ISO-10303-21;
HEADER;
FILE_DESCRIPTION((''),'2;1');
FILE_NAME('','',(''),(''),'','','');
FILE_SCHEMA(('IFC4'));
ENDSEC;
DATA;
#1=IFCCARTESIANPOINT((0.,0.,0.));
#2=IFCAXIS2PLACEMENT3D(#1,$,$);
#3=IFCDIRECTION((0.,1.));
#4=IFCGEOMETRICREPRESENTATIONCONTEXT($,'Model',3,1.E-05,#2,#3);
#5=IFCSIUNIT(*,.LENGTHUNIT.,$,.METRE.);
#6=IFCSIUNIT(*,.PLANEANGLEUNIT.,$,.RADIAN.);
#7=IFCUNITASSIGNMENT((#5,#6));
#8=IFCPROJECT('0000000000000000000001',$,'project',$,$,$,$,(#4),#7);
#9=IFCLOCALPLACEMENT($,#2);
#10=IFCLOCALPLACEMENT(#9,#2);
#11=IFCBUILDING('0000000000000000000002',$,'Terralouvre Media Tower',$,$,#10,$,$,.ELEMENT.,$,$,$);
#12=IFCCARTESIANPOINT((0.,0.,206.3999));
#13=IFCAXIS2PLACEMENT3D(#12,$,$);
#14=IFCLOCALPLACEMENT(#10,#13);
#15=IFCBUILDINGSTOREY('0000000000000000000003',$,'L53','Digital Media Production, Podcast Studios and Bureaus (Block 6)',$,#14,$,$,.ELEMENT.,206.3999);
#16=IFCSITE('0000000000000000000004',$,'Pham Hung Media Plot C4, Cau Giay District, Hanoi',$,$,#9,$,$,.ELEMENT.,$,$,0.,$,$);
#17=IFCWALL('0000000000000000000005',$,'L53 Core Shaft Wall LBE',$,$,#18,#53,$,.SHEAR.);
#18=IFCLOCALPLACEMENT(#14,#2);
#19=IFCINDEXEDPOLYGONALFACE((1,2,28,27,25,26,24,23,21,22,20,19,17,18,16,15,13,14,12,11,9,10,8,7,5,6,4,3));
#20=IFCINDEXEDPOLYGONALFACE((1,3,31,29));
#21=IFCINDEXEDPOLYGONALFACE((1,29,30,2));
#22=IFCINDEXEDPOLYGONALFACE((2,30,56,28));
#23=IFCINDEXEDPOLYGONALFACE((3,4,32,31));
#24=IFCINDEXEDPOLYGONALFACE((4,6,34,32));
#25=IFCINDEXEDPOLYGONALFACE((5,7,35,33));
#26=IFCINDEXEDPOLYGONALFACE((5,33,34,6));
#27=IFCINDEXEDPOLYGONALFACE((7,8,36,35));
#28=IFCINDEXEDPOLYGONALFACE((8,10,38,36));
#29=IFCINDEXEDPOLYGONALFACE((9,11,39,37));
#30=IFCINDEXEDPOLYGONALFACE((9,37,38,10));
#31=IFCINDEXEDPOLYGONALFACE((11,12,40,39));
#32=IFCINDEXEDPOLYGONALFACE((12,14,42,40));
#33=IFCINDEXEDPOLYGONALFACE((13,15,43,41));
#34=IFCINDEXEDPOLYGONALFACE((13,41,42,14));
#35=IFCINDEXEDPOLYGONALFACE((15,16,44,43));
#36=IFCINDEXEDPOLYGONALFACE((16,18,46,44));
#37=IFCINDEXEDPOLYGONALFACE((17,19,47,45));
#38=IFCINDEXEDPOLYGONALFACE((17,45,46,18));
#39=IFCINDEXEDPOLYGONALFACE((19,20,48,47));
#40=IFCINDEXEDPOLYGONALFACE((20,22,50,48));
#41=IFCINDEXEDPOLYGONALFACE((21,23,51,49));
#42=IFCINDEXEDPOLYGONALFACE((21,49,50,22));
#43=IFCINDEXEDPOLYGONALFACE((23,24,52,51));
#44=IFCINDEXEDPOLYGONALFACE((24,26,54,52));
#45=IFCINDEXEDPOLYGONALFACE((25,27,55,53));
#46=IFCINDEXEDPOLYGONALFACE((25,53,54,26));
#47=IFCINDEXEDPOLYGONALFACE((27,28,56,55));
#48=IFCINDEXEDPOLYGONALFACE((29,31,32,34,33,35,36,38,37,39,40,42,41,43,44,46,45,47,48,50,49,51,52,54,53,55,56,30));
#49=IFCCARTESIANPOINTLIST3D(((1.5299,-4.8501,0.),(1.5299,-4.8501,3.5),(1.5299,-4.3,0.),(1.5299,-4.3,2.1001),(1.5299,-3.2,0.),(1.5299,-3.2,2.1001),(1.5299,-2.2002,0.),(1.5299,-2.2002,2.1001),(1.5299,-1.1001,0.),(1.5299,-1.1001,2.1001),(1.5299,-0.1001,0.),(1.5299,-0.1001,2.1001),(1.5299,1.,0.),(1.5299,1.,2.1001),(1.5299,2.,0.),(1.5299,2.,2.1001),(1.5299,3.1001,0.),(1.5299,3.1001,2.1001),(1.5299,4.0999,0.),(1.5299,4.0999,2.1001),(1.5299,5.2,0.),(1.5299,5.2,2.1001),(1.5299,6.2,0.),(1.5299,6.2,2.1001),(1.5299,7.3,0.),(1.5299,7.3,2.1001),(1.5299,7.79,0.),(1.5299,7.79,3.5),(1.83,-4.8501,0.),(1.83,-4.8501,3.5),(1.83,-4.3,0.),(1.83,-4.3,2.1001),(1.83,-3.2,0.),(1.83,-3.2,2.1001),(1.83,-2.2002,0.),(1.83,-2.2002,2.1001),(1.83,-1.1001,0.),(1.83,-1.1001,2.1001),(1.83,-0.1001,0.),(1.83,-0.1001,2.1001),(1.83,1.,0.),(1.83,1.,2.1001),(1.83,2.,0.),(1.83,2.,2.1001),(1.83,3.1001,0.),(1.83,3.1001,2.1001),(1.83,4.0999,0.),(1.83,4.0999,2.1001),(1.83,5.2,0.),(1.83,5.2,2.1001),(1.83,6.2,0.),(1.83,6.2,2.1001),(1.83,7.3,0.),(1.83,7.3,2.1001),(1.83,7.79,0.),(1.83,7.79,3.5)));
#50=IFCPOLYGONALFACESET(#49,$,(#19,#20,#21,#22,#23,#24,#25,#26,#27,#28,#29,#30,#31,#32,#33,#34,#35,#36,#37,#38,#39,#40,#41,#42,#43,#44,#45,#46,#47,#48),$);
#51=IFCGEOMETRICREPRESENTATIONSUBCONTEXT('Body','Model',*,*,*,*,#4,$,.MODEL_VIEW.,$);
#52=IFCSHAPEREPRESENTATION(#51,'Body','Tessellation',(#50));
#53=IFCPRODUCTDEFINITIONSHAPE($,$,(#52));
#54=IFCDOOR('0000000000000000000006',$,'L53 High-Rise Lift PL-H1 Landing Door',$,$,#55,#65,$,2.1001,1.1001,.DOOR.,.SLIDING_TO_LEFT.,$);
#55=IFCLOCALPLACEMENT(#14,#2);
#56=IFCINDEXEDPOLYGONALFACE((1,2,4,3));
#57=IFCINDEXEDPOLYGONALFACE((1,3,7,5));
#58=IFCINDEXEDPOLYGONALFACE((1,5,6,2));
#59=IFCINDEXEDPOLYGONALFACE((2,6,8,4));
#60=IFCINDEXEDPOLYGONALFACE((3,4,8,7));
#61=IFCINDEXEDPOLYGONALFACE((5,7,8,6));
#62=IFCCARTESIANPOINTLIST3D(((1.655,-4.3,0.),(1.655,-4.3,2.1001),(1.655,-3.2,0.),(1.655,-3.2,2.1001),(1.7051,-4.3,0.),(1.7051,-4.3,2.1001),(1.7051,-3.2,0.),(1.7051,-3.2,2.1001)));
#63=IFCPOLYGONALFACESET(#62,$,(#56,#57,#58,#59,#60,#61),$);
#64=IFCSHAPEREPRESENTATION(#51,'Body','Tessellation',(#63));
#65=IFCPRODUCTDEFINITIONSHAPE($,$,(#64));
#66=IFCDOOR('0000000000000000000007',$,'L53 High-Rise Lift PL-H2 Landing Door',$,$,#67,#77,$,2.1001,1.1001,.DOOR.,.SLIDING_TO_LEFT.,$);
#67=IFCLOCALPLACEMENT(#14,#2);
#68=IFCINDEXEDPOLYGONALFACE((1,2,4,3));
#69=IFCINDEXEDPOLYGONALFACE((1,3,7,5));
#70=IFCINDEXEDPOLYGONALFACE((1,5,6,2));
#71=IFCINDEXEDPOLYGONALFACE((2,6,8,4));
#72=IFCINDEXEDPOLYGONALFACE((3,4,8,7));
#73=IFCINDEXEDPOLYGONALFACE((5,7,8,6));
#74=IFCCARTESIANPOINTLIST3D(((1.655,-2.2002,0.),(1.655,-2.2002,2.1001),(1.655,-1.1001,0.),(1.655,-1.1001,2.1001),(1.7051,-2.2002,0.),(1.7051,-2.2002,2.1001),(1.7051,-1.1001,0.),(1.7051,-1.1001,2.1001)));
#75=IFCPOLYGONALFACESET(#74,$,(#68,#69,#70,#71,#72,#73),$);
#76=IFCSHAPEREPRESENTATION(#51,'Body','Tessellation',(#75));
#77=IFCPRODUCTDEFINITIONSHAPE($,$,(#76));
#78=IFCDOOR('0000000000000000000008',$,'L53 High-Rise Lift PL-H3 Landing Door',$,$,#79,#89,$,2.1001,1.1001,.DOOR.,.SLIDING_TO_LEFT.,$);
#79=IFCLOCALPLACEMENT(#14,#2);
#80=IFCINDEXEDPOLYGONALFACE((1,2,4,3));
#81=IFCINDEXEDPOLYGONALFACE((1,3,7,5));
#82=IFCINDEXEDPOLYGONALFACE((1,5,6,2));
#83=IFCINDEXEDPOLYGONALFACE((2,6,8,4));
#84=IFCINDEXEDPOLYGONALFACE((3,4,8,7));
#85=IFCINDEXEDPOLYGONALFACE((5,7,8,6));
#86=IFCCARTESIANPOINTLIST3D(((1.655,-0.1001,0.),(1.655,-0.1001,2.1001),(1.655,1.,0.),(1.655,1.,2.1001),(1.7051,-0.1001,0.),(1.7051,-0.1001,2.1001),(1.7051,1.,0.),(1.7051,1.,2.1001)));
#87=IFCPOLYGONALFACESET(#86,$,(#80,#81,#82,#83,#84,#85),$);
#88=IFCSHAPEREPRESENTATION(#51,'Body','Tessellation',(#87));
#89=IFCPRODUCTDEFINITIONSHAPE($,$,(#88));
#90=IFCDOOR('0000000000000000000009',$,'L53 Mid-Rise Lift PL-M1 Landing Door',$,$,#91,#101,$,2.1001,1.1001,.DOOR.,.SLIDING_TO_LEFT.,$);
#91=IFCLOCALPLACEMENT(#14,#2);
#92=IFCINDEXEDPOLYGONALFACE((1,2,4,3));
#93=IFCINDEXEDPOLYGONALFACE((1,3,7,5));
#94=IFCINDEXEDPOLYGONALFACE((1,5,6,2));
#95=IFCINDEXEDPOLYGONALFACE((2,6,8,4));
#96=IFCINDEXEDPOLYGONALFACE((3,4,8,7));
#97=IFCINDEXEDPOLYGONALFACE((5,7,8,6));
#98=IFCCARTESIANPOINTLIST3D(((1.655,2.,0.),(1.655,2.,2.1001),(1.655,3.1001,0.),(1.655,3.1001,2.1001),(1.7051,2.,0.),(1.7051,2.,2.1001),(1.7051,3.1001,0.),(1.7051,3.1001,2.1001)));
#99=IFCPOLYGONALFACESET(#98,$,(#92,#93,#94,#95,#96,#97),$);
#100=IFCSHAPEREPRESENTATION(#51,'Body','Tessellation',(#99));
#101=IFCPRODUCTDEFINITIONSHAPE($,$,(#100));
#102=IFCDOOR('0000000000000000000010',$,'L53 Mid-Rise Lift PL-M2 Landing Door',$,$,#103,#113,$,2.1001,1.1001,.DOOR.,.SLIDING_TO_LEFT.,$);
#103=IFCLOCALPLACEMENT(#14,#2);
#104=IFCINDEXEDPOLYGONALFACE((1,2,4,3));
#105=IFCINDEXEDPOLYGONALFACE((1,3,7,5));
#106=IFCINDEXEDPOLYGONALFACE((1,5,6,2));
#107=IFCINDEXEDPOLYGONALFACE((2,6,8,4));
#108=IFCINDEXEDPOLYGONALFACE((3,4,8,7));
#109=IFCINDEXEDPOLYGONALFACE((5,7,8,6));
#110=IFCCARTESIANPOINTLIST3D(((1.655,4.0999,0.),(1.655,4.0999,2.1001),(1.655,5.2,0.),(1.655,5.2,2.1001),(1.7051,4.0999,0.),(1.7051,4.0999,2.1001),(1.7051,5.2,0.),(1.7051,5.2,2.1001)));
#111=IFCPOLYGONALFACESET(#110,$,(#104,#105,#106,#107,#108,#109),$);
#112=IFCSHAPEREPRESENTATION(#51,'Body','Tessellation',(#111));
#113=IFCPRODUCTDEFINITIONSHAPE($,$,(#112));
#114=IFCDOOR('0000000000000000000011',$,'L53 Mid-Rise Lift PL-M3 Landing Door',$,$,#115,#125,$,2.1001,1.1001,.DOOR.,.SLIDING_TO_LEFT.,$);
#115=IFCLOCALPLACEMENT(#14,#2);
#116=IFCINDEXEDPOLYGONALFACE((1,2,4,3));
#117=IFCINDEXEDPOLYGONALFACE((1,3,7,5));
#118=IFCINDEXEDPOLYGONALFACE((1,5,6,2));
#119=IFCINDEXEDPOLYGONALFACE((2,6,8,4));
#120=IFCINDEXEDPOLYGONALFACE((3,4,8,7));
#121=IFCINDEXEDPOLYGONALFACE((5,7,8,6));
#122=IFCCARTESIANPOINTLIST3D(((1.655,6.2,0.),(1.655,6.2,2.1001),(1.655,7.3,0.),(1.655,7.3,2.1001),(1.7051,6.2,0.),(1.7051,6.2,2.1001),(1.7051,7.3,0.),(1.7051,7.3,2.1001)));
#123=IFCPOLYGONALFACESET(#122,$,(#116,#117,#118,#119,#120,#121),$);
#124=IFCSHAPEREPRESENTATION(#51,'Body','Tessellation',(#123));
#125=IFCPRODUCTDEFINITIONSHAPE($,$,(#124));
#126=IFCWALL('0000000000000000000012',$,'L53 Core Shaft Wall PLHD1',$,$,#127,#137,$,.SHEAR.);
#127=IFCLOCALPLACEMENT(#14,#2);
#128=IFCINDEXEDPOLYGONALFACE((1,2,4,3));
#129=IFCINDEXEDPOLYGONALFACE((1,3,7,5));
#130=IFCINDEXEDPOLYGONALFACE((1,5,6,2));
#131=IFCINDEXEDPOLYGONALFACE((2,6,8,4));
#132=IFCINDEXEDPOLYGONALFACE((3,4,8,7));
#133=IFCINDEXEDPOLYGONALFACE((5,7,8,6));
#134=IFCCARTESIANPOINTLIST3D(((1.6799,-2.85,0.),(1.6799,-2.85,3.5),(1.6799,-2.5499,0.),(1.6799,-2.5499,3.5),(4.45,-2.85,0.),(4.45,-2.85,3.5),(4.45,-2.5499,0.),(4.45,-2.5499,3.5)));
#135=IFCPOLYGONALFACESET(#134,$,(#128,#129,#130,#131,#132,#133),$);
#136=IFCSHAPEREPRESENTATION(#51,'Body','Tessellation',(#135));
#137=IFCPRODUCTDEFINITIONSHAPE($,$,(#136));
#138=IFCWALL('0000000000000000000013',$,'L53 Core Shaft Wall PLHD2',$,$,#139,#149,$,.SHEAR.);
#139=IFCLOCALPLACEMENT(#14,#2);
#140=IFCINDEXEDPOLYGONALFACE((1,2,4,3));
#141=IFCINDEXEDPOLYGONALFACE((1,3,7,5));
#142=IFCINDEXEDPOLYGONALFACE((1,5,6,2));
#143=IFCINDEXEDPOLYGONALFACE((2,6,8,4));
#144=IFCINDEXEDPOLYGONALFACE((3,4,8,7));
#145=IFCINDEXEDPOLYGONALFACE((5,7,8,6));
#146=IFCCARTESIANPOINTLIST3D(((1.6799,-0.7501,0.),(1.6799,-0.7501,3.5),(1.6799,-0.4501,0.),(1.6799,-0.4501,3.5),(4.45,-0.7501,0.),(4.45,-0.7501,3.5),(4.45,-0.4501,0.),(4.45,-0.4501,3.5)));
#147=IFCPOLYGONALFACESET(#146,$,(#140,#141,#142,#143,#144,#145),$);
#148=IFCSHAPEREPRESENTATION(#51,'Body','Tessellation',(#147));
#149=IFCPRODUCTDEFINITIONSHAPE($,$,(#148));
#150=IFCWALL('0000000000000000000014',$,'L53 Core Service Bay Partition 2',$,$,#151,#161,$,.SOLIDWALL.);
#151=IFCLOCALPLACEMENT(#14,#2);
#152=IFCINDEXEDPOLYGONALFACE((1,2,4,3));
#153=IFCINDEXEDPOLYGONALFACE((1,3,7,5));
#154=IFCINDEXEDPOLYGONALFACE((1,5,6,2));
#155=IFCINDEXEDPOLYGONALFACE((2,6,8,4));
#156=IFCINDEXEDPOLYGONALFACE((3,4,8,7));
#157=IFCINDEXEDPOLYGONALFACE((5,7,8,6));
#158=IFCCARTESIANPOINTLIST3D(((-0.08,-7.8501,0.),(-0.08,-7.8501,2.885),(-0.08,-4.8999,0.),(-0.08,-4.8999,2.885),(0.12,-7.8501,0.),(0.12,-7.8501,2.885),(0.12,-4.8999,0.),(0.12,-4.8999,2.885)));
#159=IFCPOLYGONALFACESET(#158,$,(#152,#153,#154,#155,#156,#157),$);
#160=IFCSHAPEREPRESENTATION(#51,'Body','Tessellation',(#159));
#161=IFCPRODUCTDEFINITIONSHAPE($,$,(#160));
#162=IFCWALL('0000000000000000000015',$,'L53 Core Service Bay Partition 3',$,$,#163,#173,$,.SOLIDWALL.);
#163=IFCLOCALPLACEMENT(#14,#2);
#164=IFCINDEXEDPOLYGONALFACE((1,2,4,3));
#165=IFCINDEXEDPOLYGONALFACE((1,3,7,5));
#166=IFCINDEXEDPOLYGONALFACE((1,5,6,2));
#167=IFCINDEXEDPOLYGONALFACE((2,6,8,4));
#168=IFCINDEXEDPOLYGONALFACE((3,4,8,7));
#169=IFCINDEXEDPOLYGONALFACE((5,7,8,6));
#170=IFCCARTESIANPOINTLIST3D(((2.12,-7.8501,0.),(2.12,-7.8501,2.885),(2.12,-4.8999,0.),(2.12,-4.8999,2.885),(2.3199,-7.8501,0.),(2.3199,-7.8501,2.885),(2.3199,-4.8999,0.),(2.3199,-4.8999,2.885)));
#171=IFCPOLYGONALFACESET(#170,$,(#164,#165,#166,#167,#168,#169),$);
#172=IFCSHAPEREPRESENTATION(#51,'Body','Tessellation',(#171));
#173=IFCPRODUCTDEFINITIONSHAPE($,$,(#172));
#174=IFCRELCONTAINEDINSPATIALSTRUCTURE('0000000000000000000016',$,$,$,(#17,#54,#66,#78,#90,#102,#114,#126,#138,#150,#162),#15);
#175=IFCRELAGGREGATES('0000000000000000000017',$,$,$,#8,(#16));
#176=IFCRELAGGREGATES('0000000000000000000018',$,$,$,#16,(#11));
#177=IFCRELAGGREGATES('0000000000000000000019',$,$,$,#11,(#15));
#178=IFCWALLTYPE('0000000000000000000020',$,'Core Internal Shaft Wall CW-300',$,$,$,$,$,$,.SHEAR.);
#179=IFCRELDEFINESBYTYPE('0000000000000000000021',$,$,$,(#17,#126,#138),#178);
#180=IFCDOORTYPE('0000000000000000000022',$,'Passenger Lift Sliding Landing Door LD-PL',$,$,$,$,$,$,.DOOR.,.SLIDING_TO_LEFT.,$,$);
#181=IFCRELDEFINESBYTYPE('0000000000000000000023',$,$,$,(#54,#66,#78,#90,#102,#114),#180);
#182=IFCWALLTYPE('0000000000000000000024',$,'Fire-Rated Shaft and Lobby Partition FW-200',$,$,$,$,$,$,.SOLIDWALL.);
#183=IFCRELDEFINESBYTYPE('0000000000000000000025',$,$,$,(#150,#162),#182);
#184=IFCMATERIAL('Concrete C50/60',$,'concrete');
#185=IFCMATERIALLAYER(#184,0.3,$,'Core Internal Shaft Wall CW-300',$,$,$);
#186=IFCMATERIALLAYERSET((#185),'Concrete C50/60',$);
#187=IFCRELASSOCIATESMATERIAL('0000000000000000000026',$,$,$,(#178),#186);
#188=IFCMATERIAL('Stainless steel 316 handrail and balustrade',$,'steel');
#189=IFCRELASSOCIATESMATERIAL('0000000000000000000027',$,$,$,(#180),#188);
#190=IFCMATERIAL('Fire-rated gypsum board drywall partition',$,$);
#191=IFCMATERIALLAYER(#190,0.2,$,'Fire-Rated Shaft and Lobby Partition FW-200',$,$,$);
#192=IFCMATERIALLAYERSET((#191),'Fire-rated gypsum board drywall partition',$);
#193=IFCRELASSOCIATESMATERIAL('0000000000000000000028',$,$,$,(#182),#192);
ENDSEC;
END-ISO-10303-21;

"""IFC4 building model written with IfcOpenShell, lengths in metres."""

from ifc_helpers import new_model, si_unit, direction, frame, frame_2d, origin, place, context, subcontext, project, spatial, rectangle, extrude, material, layer, layer_set, type_object, element, fill, save


model = new_model("IFC4")

# Units and contexts
model_context = context("Model", 3, precision=1e-05, world=origin(), true_north=direction((0.0, 1.0)))
body_context = subcontext(model_context, "Body", "Model", "MODEL_VIEW")
ifc_project = project(units=[si_unit("LENGTHUNIT", "METRE"), si_unit("PLANEANGLEUNIT", "RADIAN")], contexts=[model_context])

# Site, building, storey
site_placement = place(None, origin())
site = spatial("IfcSite", under=ifc_project, at=site_placement, Name="Pham Hung Media Plot C4, Cau Giay District, Hanoi", CompositionType="ELEMENT", RefElevation=0.0)
building_placement = place(site_placement, origin())
building = spatial("IfcBuilding", under=site, at=building_placement, Name="Terralouvre Media Tower", CompositionType="ELEMENT")
storey_placement = place(building_placement, frame((0.0, 0.0, 206.3999)))
storey = spatial("IfcBuildingStorey", under=building, at=storey_placement, Name="L53", Description="Digital Media Production, Podcast Studios and Bureaus (Block 6)", CompositionType="ELEMENT", Elevation=206.3999)

# Shared definitions
ifc_material_1 = material(Name="Concrete C50/60", Category="concrete")
ifc_layer_1 = layer(ifc_material_1, 0.3, Name="Core Internal Shaft Wall CW-300")
ifc_layer_set_1 = layer_set([ifc_layer_1], Name="Concrete C50/60")
wall_type_1 = type_object("IfcWallType", Name="Core Internal Shaft Wall CW-300", PredefinedType="SHEAR", material=ifc_layer_set_1)

# Wall, openings, doors
wall_1_placement = place(storey_placement, frame((1.6799, -4.8501, 0.0), z_axis=(0.0, 0.0, 1.0), x_axis=(0.0, 1.0, 0.0)))
wall_1 = element("IfcWall", 1, at=wall_1_placement, inside=storey, type_object=wall_type_1, Name="L53 Core Shaft Wall LBE", PredefinedType="SHEAR", context=body_context, shape_type="SweptSolid", body=[
    extrude(rectangle(XDim=12.6401, YDim=0.3, at=frame_2d((6.3201, 0.0))), origin(), (0.0, 0.0, 1.0), 3.5),
])
opening_1_placement = place(wall_1_placement, frame((0.55, 0.0, 0.0)))
opening_1 = element("IfcOpeningElement", 2, at=opening_1_placement, cuts=wall_1, PredefinedType="OPENING", context=body_context, shape_type="SweptSolid", body=[
    extrude(rectangle(XDim=1.1001, YDim=2.1001, at=frame_2d((0.55, 1.05))), frame((0.0, 0.1599, 0.0), z_axis=(0.0, -1.0, 0.0), x_axis=(1.0, 0.0, 0.0)), (0.0, 0.0, 1.0), 0.3201),
])
opening_2_placement = place(wall_1_placement, frame((2.6499, 0.0, 0.0)))
opening_2 = element("IfcOpeningElement", 3, at=opening_2_placement, cuts=wall_1, PredefinedType="OPENING", context=body_context, shape_type="SweptSolid", body=[
    extrude(rectangle(XDim=1.1001, YDim=2.1001, at=frame_2d((0.55, 1.05))), frame((0.0, 0.1599, 0.0), z_axis=(0.0, -1.0, 0.0), x_axis=(1.0, 0.0, 0.0)), (0.0, 0.0, 1.0), 0.3201),
])
opening_3_placement = place(wall_1_placement, frame((4.75, 0.0, 0.0)))
opening_3 = element("IfcOpeningElement", 4, at=opening_3_placement, cuts=wall_1, PredefinedType="OPENING", context=body_context, shape_type="SweptSolid", body=[
    extrude(rectangle(XDim=1.1001, YDim=2.1001, at=frame_2d((0.55, 1.05))), frame((0.0, 0.1599, 0.0), z_axis=(0.0, -1.0, 0.0), x_axis=(1.0, 0.0, 0.0)), (0.0, 0.0, 1.0), 0.3201),
])
opening_4_placement = place(wall_1_placement, frame((6.8501, 0.0, 0.0)))
opening_4 = element("IfcOpeningElement", 5, at=opening_4_placement, cuts=wall_1, PredefinedType="OPENING", context=body_context, shape_type="SweptSolid", body=[
    extrude(rectangle(XDim=1.1001, YDim=2.1001, at=frame_2d((0.55, 1.05))), frame((0.0, 0.1599, 0.0), z_axis=(0.0, -1.0, 0.0), x_axis=(1.0, 0.0, 0.0)), (0.0, 0.0, 1.0), 0.3201),
])
opening_5_placement = place(wall_1_placement, frame((8.95, 0.0, 0.0)))
opening_5 = element("IfcOpeningElement", 6, at=opening_5_placement, cuts=wall_1, PredefinedType="OPENING", context=body_context, shape_type="SweptSolid", body=[
    extrude(rectangle(XDim=1.1001, YDim=2.1001, at=frame_2d((0.55, 1.05))), frame((0.0, 0.1599, 0.0), z_axis=(0.0, -1.0, 0.0), x_axis=(1.0, 0.0, 0.0)), (0.0, 0.0, 1.0), 0.3201),
])
opening_6_placement = place(wall_1_placement, frame((11.05, 0.0, 0.0)))
opening_6 = element("IfcOpeningElement", 7, at=opening_6_placement, cuts=wall_1, PredefinedType="OPENING", context=body_context, shape_type="SweptSolid", body=[
    extrude(rectangle(XDim=1.1001, YDim=2.1001, at=frame_2d((0.55, 1.05))), frame((0.0, 0.1599, 0.0), z_axis=(0.0, -1.0, 0.0), x_axis=(1.0, 0.0, 0.0)), (0.0, 0.0, 1.0), 0.3201),
])
ifc_material_2 = material(Name="Stainless steel 316 handrail and balustrade", Category="steel")
door_type_1 = type_object("IfcDoorType", Name="Passenger Lift Sliding Landing Door LD-PL", OperationType="SLIDING_TO_LEFT", PredefinedType="DOOR", material=ifc_material_2)
door_1_placement = place(opening_1_placement, origin())
door_1 = element("IfcDoor", 8, at=door_1_placement, inside=storey, type_object=door_type_1, Name="L53 High-Rise Lift PL-H1 Landing Door", OperationType="SLIDING_TO_LEFT", OverallHeight=2.1001, OverallWidth=1.1001, PredefinedType="DOOR", context=body_context, shape_type="SweptSolid", body=[
    extrude(rectangle(XDim=1.1001, YDim=2.1001, at=frame_2d((0.55, 1.05))), frame((0.0, 0.0249, 0.0), z_axis=(0.0, -1.0, 0.0), x_axis=(1.0, 0.0, 0.0)), (0.0, 0.0, 1.0), 0.05),
])
fill(opening_1, door_1)
door_2_placement = place(opening_2_placement, origin())
door_2 = element("IfcDoor", 9, at=door_2_placement, inside=storey, type_object=door_type_1, Name="L53 High-Rise Lift PL-H2 Landing Door", OperationType="SLIDING_TO_LEFT", OverallHeight=2.1001, OverallWidth=1.1001, PredefinedType="DOOR", context=body_context, shape_type="SweptSolid", body=[
    extrude(rectangle(XDim=1.1001, YDim=2.1001, at=frame_2d((0.55, 1.05))), frame((0.0, 0.0249, 0.0), z_axis=(0.0, -1.0, 0.0), x_axis=(1.0, 0.0, 0.0)), (0.0, 0.0, 1.0), 0.05),
])
fill(opening_2, door_2)
door_3_placement = place(opening_3_placement, origin())
door_3 = element("IfcDoor", 10, at=door_3_placement, inside=storey, type_object=door_type_1, Name="L53 High-Rise Lift PL-H3 Landing Door", OperationType="SLIDING_TO_LEFT", OverallHeight=2.1001, OverallWidth=1.1001, PredefinedType="DOOR", context=body_context, shape_type="SweptSolid", body=[
    extrude(rectangle(XDim=1.1001, YDim=2.1001, at=frame_2d((0.55, 1.05))), frame((0.0, 0.0249, 0.0), z_axis=(0.0, -1.0, 0.0), x_axis=(1.0, 0.0, 0.0)), (0.0, 0.0, 1.0), 0.05),
])
fill(opening_3, door_3)
door_4_placement = place(opening_4_placement, origin())
door_4 = element("IfcDoor", 11, at=door_4_placement, inside=storey, type_object=door_type_1, Name="L53 Mid-Rise Lift PL-M1 Landing Door", OperationType="SLIDING_TO_LEFT", OverallHeight=2.1001, OverallWidth=1.1001, PredefinedType="DOOR", context=body_context, shape_type="SweptSolid", body=[
    extrude(rectangle(XDim=1.1001, YDim=2.1001, at=frame_2d((0.55, 1.05))), frame((0.0, 0.0249, 0.0), z_axis=(0.0, -1.0, 0.0), x_axis=(1.0, 0.0, 0.0)), (0.0, 0.0, 1.0), 0.05),
])
fill(opening_4, door_4)
door_5_placement = place(opening_5_placement, origin())
door_5 = element("IfcDoor", 12, at=door_5_placement, inside=storey, type_object=door_type_1, Name="L53 Mid-Rise Lift PL-M2 Landing Door", OperationType="SLIDING_TO_LEFT", OverallHeight=2.1001, OverallWidth=1.1001, PredefinedType="DOOR", context=body_context, shape_type="SweptSolid", body=[
    extrude(rectangle(XDim=1.1001, YDim=2.1001, at=frame_2d((0.55, 1.05))), frame((0.0, 0.0249, 0.0), z_axis=(0.0, -1.0, 0.0), x_axis=(1.0, 0.0, 0.0)), (0.0, 0.0, 1.0), 0.05),
])
fill(opening_5, door_5)
door_6_placement = place(opening_6_placement, origin())
door_6 = element("IfcDoor", 13, at=door_6_placement, inside=storey, type_object=door_type_1, Name="L53 Mid-Rise Lift PL-M3 Landing Door", OperationType="SLIDING_TO_LEFT", OverallHeight=2.1001, OverallWidth=1.1001, PredefinedType="DOOR", context=body_context, shape_type="SweptSolid", body=[
    extrude(rectangle(XDim=1.1001, YDim=2.1001, at=frame_2d((0.55, 1.05))), frame((0.0, 0.0249, 0.0), z_axis=(0.0, -1.0, 0.0), x_axis=(1.0, 0.0, 0.0)), (0.0, 0.0, 1.0), 0.05),
])
fill(opening_6, door_6)

# Walls
for number, where, z_axis, x_axis, name in (
    (14, (1.6799, -2.7, 0.0), (0.0, 0.0, 1.0), (1.0, 0.0, 0.0), "L53 Core Shaft Wall PLHD1"),
    (15, (1.6799, -0.6001, 0.0), (0.0, 0.0, 1.0), (1.0, 0.0, 0.0), "L53 Core Shaft Wall PLHD2"),
):
    element("IfcWall", number, at=place(storey_placement, frame(where, z_axis=z_axis, x_axis=x_axis)), inside=storey, type_object=wall_type_1, Name=name, PredefinedType="SHEAR", context=body_context, shape_type="SweptSolid", body=[
        extrude(rectangle(XDim=2.77, YDim=0.3, at=frame_2d((1.385, 0.0))), origin(), (0.0, 0.0, 1.0), 3.5),
    ])
ifc_material_3 = material(Name="Fire-rated gypsum board drywall partition")
ifc_layer_2 = layer(ifc_material_3, 0.2, Name="Fire-Rated Shaft and Lobby Partition FW-200")
ifc_layer_set_2 = layer_set([ifc_layer_2], Name="Fire-rated gypsum board drywall partition")
wall_type_2 = type_object("IfcWallType", Name="Fire-Rated Shaft and Lobby Partition FW-200", PredefinedType="SOLIDWALL", material=ifc_layer_set_2)
for number, where, z_axis, x_axis, name in (
    (16, (0.02, -7.8501, 0.0), (0.0, 0.0, 1.0), (0.0, 1.0, 0.0), "L53 Core Service Bay Partition 2"),
    (17, (2.22, -7.8501, 0.0), (0.0, 0.0, 1.0), (0.0, 1.0, 0.0), "L53 Core Service Bay Partition 3"),
):
    element("IfcWall", number, at=place(storey_placement, frame(where, z_axis=z_axis, x_axis=x_axis)), inside=storey, type_object=wall_type_2, Name=name, PredefinedType="SOLIDWALL", context=body_context, shape_type="SweptSolid", body=[
        extrude(rectangle(XDim=2.9502, YDim=0.2, at=frame_2d((1.4751, 0.0))), origin(), (0.0, 0.0, 1.0), 2.885),
    ])

save(model, "model.ifc")
